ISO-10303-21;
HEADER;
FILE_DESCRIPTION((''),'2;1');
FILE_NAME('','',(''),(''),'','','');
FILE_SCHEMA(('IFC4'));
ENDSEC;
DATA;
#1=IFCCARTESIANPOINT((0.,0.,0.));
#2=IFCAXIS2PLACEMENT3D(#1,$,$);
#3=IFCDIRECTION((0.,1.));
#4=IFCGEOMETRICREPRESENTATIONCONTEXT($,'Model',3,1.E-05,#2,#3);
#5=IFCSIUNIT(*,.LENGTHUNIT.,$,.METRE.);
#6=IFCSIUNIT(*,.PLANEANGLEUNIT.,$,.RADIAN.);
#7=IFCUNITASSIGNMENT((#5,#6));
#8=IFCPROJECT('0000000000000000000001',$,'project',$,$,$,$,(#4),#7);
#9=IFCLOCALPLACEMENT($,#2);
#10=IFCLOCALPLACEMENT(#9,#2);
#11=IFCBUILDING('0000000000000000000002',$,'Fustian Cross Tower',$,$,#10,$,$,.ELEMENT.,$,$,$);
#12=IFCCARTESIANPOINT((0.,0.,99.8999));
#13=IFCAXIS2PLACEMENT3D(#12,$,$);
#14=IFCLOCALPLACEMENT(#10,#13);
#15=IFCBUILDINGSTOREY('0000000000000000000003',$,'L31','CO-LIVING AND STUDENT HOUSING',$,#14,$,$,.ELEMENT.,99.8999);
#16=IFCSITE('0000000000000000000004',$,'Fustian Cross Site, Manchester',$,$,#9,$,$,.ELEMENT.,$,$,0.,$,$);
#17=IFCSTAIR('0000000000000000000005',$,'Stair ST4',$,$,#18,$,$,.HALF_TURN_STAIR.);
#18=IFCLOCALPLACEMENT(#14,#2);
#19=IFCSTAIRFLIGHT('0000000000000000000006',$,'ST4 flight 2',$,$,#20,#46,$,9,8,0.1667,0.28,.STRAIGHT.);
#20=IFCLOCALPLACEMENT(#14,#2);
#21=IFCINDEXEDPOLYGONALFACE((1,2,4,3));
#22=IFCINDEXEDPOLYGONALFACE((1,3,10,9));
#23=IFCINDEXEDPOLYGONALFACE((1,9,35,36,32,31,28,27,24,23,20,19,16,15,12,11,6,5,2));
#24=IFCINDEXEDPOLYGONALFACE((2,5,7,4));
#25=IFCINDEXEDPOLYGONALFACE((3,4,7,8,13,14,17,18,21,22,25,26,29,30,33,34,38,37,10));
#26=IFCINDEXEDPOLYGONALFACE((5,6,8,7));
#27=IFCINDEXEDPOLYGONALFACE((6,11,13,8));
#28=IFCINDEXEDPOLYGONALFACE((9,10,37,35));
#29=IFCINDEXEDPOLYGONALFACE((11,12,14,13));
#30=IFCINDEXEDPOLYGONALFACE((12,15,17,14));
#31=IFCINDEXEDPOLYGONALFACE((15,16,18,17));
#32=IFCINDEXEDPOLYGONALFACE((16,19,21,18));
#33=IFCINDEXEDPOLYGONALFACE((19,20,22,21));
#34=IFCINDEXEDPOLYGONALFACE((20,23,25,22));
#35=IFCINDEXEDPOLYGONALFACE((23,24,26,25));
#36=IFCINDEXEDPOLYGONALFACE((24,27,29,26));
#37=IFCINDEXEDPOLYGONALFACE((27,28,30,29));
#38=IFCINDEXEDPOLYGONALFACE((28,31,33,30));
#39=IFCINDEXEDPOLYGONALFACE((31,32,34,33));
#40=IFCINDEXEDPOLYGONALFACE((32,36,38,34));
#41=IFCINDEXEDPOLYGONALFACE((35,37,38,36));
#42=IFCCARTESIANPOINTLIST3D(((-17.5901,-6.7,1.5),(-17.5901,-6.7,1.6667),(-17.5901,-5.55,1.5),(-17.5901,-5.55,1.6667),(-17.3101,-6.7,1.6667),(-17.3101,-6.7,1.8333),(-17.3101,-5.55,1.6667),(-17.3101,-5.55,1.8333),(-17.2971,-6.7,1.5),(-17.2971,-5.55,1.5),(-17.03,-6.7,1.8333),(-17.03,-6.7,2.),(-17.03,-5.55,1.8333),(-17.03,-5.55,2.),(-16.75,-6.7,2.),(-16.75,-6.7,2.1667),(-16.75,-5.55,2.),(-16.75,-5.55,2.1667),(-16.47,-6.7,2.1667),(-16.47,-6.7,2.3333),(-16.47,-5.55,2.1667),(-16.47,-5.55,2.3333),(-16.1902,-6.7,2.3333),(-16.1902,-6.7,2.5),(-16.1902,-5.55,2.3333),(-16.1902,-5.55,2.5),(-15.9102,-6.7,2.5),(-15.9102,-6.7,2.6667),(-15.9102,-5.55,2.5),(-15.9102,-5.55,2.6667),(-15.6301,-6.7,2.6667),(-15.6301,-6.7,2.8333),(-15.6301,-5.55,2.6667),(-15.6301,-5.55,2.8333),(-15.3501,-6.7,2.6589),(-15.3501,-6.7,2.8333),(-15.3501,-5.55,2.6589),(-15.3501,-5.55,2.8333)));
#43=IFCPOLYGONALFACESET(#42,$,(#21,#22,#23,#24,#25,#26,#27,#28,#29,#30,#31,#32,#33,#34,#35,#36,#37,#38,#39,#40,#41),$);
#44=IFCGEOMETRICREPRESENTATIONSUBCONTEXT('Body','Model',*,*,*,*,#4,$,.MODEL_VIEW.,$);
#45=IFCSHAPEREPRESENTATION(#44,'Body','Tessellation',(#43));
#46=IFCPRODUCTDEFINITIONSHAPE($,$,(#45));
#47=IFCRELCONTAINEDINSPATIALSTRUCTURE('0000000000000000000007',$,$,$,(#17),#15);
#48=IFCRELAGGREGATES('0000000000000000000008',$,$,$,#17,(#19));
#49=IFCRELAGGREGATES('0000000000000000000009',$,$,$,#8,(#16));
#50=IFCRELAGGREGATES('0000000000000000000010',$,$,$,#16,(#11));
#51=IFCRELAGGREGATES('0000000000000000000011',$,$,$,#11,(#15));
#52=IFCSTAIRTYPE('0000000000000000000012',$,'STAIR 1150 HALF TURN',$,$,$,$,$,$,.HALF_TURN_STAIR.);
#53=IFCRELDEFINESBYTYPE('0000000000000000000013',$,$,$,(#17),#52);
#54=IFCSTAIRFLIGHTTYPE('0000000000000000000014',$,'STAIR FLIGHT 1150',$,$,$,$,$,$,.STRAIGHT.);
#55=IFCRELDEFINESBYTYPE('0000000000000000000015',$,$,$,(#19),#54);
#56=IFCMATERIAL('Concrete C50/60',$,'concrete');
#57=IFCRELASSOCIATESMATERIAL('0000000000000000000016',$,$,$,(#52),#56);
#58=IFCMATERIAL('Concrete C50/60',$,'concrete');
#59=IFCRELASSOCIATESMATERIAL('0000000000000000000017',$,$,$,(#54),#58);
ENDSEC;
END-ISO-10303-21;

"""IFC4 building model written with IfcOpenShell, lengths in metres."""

from ifc_helpers import new_model, si_unit, direction, frame, origin, place, context, subcontext, project, spatial, polyline, outline, extrude, material, type_object, element, aggregate, save


model = new_model("IFC4")

# Units and contexts
model_context = context("Model", 3, precision=1e-05, world=origin(), true_north=direction((0.0, 1.0)))
body_context = subcontext(model_context, "Body", "Model", "MODEL_VIEW")
ifc_project = project(units=[si_unit("LENGTHUNIT", "METRE"), si_unit("PLANEANGLEUNIT", "RADIAN")], contexts=[model_context])

# Site, building, storey
site_placement = place(None, origin())
site = spatial("IfcSite", under=ifc_project, at=site_placement, Name="Fustian Cross Site, Manchester", CompositionType="ELEMENT", RefElevation=0.0)
building_placement = place(site_placement, origin())
building = spatial("IfcBuilding", under=site, at=building_placement, Name="Fustian Cross Tower", CompositionType="ELEMENT")
storey_placement = place(building_placement, frame((0.0, 0.0, 99.8999)))
storey = spatial("IfcBuildingStorey", under=building, at=storey_placement, Name="L31", Description="CO-LIVING AND STUDENT HOUSING", CompositionType="ELEMENT", Elevation=99.8999)

# Stair, stair flight
ifc_material_1 = material(Name="Concrete C50/60", Category="concrete")
stair_type = type_object("IfcStairType", Name="STAIR 1150 HALF TURN", PredefinedType="HALF_TURN_STAIR", material=ifc_material_1)
stair_placement = place(storey_placement, origin())
stair = element("IfcStair", 1, at=stair_placement, inside=storey, type_object=stair_type, Name="Stair ST4", PredefinedType="HALF_TURN_STAIR")
ifc_material_2 = material(Name="Concrete C50/60", Category="concrete")
stair_flight_type = type_object("IfcStairFlightType", Name="STAIR FLIGHT 1150", PredefinedType="STRAIGHT", material=ifc_material_2)
stair_flight_1_placement = place(storey_placement, frame((-17.5901, -6.125, 1.5), z_axis=(0.0, 0.0, 1.0), x_axis=(1.0, 0.0, 0.0)))
stair_flight_1 = element("IfcStairFlight", 2, at=stair_flight_1_placement, type_object=stair_flight_type, Name="ST4 flight 2", NumberOfRisers=9, NumberOfTreads=8, PredefinedType="STRAIGHT", RiserHeight=0.1667, TreadLength=0.28, context=body_context, shape_type="SweptSolid", body=[
    extrude(outline(polyline([(0.0, 0.0), (0.0, 0.1667), (0.28, 0.1667), (0.28, 0.3333), (0.5601, 0.3333), (0.5601, 0.5), (0.8401, 0.5), (0.8401, 0.6667), (1.1201, 0.6667), (1.1201, 0.8333), (1.3999, 0.8333), (1.3999, 1.0), (1.6799, 1.0), (1.6799, 1.1667), (1.96, 1.1667), (1.96, 1.3333), (2.24, 1.3333), (2.24, 1.5), (2.24, 1.1589), (0.293, 0.0), (0.0, 0.0)])), frame((0.0, 0.575, 0.0), z_axis=(0.0, -1.0, 0.0), x_axis=(1.0, 0.0, 0.0)), (0.0, 0.0, 1.0), 1.1499),
])
aggregate(stair, [stair_flight_1])

save(model, "model.ifc")
